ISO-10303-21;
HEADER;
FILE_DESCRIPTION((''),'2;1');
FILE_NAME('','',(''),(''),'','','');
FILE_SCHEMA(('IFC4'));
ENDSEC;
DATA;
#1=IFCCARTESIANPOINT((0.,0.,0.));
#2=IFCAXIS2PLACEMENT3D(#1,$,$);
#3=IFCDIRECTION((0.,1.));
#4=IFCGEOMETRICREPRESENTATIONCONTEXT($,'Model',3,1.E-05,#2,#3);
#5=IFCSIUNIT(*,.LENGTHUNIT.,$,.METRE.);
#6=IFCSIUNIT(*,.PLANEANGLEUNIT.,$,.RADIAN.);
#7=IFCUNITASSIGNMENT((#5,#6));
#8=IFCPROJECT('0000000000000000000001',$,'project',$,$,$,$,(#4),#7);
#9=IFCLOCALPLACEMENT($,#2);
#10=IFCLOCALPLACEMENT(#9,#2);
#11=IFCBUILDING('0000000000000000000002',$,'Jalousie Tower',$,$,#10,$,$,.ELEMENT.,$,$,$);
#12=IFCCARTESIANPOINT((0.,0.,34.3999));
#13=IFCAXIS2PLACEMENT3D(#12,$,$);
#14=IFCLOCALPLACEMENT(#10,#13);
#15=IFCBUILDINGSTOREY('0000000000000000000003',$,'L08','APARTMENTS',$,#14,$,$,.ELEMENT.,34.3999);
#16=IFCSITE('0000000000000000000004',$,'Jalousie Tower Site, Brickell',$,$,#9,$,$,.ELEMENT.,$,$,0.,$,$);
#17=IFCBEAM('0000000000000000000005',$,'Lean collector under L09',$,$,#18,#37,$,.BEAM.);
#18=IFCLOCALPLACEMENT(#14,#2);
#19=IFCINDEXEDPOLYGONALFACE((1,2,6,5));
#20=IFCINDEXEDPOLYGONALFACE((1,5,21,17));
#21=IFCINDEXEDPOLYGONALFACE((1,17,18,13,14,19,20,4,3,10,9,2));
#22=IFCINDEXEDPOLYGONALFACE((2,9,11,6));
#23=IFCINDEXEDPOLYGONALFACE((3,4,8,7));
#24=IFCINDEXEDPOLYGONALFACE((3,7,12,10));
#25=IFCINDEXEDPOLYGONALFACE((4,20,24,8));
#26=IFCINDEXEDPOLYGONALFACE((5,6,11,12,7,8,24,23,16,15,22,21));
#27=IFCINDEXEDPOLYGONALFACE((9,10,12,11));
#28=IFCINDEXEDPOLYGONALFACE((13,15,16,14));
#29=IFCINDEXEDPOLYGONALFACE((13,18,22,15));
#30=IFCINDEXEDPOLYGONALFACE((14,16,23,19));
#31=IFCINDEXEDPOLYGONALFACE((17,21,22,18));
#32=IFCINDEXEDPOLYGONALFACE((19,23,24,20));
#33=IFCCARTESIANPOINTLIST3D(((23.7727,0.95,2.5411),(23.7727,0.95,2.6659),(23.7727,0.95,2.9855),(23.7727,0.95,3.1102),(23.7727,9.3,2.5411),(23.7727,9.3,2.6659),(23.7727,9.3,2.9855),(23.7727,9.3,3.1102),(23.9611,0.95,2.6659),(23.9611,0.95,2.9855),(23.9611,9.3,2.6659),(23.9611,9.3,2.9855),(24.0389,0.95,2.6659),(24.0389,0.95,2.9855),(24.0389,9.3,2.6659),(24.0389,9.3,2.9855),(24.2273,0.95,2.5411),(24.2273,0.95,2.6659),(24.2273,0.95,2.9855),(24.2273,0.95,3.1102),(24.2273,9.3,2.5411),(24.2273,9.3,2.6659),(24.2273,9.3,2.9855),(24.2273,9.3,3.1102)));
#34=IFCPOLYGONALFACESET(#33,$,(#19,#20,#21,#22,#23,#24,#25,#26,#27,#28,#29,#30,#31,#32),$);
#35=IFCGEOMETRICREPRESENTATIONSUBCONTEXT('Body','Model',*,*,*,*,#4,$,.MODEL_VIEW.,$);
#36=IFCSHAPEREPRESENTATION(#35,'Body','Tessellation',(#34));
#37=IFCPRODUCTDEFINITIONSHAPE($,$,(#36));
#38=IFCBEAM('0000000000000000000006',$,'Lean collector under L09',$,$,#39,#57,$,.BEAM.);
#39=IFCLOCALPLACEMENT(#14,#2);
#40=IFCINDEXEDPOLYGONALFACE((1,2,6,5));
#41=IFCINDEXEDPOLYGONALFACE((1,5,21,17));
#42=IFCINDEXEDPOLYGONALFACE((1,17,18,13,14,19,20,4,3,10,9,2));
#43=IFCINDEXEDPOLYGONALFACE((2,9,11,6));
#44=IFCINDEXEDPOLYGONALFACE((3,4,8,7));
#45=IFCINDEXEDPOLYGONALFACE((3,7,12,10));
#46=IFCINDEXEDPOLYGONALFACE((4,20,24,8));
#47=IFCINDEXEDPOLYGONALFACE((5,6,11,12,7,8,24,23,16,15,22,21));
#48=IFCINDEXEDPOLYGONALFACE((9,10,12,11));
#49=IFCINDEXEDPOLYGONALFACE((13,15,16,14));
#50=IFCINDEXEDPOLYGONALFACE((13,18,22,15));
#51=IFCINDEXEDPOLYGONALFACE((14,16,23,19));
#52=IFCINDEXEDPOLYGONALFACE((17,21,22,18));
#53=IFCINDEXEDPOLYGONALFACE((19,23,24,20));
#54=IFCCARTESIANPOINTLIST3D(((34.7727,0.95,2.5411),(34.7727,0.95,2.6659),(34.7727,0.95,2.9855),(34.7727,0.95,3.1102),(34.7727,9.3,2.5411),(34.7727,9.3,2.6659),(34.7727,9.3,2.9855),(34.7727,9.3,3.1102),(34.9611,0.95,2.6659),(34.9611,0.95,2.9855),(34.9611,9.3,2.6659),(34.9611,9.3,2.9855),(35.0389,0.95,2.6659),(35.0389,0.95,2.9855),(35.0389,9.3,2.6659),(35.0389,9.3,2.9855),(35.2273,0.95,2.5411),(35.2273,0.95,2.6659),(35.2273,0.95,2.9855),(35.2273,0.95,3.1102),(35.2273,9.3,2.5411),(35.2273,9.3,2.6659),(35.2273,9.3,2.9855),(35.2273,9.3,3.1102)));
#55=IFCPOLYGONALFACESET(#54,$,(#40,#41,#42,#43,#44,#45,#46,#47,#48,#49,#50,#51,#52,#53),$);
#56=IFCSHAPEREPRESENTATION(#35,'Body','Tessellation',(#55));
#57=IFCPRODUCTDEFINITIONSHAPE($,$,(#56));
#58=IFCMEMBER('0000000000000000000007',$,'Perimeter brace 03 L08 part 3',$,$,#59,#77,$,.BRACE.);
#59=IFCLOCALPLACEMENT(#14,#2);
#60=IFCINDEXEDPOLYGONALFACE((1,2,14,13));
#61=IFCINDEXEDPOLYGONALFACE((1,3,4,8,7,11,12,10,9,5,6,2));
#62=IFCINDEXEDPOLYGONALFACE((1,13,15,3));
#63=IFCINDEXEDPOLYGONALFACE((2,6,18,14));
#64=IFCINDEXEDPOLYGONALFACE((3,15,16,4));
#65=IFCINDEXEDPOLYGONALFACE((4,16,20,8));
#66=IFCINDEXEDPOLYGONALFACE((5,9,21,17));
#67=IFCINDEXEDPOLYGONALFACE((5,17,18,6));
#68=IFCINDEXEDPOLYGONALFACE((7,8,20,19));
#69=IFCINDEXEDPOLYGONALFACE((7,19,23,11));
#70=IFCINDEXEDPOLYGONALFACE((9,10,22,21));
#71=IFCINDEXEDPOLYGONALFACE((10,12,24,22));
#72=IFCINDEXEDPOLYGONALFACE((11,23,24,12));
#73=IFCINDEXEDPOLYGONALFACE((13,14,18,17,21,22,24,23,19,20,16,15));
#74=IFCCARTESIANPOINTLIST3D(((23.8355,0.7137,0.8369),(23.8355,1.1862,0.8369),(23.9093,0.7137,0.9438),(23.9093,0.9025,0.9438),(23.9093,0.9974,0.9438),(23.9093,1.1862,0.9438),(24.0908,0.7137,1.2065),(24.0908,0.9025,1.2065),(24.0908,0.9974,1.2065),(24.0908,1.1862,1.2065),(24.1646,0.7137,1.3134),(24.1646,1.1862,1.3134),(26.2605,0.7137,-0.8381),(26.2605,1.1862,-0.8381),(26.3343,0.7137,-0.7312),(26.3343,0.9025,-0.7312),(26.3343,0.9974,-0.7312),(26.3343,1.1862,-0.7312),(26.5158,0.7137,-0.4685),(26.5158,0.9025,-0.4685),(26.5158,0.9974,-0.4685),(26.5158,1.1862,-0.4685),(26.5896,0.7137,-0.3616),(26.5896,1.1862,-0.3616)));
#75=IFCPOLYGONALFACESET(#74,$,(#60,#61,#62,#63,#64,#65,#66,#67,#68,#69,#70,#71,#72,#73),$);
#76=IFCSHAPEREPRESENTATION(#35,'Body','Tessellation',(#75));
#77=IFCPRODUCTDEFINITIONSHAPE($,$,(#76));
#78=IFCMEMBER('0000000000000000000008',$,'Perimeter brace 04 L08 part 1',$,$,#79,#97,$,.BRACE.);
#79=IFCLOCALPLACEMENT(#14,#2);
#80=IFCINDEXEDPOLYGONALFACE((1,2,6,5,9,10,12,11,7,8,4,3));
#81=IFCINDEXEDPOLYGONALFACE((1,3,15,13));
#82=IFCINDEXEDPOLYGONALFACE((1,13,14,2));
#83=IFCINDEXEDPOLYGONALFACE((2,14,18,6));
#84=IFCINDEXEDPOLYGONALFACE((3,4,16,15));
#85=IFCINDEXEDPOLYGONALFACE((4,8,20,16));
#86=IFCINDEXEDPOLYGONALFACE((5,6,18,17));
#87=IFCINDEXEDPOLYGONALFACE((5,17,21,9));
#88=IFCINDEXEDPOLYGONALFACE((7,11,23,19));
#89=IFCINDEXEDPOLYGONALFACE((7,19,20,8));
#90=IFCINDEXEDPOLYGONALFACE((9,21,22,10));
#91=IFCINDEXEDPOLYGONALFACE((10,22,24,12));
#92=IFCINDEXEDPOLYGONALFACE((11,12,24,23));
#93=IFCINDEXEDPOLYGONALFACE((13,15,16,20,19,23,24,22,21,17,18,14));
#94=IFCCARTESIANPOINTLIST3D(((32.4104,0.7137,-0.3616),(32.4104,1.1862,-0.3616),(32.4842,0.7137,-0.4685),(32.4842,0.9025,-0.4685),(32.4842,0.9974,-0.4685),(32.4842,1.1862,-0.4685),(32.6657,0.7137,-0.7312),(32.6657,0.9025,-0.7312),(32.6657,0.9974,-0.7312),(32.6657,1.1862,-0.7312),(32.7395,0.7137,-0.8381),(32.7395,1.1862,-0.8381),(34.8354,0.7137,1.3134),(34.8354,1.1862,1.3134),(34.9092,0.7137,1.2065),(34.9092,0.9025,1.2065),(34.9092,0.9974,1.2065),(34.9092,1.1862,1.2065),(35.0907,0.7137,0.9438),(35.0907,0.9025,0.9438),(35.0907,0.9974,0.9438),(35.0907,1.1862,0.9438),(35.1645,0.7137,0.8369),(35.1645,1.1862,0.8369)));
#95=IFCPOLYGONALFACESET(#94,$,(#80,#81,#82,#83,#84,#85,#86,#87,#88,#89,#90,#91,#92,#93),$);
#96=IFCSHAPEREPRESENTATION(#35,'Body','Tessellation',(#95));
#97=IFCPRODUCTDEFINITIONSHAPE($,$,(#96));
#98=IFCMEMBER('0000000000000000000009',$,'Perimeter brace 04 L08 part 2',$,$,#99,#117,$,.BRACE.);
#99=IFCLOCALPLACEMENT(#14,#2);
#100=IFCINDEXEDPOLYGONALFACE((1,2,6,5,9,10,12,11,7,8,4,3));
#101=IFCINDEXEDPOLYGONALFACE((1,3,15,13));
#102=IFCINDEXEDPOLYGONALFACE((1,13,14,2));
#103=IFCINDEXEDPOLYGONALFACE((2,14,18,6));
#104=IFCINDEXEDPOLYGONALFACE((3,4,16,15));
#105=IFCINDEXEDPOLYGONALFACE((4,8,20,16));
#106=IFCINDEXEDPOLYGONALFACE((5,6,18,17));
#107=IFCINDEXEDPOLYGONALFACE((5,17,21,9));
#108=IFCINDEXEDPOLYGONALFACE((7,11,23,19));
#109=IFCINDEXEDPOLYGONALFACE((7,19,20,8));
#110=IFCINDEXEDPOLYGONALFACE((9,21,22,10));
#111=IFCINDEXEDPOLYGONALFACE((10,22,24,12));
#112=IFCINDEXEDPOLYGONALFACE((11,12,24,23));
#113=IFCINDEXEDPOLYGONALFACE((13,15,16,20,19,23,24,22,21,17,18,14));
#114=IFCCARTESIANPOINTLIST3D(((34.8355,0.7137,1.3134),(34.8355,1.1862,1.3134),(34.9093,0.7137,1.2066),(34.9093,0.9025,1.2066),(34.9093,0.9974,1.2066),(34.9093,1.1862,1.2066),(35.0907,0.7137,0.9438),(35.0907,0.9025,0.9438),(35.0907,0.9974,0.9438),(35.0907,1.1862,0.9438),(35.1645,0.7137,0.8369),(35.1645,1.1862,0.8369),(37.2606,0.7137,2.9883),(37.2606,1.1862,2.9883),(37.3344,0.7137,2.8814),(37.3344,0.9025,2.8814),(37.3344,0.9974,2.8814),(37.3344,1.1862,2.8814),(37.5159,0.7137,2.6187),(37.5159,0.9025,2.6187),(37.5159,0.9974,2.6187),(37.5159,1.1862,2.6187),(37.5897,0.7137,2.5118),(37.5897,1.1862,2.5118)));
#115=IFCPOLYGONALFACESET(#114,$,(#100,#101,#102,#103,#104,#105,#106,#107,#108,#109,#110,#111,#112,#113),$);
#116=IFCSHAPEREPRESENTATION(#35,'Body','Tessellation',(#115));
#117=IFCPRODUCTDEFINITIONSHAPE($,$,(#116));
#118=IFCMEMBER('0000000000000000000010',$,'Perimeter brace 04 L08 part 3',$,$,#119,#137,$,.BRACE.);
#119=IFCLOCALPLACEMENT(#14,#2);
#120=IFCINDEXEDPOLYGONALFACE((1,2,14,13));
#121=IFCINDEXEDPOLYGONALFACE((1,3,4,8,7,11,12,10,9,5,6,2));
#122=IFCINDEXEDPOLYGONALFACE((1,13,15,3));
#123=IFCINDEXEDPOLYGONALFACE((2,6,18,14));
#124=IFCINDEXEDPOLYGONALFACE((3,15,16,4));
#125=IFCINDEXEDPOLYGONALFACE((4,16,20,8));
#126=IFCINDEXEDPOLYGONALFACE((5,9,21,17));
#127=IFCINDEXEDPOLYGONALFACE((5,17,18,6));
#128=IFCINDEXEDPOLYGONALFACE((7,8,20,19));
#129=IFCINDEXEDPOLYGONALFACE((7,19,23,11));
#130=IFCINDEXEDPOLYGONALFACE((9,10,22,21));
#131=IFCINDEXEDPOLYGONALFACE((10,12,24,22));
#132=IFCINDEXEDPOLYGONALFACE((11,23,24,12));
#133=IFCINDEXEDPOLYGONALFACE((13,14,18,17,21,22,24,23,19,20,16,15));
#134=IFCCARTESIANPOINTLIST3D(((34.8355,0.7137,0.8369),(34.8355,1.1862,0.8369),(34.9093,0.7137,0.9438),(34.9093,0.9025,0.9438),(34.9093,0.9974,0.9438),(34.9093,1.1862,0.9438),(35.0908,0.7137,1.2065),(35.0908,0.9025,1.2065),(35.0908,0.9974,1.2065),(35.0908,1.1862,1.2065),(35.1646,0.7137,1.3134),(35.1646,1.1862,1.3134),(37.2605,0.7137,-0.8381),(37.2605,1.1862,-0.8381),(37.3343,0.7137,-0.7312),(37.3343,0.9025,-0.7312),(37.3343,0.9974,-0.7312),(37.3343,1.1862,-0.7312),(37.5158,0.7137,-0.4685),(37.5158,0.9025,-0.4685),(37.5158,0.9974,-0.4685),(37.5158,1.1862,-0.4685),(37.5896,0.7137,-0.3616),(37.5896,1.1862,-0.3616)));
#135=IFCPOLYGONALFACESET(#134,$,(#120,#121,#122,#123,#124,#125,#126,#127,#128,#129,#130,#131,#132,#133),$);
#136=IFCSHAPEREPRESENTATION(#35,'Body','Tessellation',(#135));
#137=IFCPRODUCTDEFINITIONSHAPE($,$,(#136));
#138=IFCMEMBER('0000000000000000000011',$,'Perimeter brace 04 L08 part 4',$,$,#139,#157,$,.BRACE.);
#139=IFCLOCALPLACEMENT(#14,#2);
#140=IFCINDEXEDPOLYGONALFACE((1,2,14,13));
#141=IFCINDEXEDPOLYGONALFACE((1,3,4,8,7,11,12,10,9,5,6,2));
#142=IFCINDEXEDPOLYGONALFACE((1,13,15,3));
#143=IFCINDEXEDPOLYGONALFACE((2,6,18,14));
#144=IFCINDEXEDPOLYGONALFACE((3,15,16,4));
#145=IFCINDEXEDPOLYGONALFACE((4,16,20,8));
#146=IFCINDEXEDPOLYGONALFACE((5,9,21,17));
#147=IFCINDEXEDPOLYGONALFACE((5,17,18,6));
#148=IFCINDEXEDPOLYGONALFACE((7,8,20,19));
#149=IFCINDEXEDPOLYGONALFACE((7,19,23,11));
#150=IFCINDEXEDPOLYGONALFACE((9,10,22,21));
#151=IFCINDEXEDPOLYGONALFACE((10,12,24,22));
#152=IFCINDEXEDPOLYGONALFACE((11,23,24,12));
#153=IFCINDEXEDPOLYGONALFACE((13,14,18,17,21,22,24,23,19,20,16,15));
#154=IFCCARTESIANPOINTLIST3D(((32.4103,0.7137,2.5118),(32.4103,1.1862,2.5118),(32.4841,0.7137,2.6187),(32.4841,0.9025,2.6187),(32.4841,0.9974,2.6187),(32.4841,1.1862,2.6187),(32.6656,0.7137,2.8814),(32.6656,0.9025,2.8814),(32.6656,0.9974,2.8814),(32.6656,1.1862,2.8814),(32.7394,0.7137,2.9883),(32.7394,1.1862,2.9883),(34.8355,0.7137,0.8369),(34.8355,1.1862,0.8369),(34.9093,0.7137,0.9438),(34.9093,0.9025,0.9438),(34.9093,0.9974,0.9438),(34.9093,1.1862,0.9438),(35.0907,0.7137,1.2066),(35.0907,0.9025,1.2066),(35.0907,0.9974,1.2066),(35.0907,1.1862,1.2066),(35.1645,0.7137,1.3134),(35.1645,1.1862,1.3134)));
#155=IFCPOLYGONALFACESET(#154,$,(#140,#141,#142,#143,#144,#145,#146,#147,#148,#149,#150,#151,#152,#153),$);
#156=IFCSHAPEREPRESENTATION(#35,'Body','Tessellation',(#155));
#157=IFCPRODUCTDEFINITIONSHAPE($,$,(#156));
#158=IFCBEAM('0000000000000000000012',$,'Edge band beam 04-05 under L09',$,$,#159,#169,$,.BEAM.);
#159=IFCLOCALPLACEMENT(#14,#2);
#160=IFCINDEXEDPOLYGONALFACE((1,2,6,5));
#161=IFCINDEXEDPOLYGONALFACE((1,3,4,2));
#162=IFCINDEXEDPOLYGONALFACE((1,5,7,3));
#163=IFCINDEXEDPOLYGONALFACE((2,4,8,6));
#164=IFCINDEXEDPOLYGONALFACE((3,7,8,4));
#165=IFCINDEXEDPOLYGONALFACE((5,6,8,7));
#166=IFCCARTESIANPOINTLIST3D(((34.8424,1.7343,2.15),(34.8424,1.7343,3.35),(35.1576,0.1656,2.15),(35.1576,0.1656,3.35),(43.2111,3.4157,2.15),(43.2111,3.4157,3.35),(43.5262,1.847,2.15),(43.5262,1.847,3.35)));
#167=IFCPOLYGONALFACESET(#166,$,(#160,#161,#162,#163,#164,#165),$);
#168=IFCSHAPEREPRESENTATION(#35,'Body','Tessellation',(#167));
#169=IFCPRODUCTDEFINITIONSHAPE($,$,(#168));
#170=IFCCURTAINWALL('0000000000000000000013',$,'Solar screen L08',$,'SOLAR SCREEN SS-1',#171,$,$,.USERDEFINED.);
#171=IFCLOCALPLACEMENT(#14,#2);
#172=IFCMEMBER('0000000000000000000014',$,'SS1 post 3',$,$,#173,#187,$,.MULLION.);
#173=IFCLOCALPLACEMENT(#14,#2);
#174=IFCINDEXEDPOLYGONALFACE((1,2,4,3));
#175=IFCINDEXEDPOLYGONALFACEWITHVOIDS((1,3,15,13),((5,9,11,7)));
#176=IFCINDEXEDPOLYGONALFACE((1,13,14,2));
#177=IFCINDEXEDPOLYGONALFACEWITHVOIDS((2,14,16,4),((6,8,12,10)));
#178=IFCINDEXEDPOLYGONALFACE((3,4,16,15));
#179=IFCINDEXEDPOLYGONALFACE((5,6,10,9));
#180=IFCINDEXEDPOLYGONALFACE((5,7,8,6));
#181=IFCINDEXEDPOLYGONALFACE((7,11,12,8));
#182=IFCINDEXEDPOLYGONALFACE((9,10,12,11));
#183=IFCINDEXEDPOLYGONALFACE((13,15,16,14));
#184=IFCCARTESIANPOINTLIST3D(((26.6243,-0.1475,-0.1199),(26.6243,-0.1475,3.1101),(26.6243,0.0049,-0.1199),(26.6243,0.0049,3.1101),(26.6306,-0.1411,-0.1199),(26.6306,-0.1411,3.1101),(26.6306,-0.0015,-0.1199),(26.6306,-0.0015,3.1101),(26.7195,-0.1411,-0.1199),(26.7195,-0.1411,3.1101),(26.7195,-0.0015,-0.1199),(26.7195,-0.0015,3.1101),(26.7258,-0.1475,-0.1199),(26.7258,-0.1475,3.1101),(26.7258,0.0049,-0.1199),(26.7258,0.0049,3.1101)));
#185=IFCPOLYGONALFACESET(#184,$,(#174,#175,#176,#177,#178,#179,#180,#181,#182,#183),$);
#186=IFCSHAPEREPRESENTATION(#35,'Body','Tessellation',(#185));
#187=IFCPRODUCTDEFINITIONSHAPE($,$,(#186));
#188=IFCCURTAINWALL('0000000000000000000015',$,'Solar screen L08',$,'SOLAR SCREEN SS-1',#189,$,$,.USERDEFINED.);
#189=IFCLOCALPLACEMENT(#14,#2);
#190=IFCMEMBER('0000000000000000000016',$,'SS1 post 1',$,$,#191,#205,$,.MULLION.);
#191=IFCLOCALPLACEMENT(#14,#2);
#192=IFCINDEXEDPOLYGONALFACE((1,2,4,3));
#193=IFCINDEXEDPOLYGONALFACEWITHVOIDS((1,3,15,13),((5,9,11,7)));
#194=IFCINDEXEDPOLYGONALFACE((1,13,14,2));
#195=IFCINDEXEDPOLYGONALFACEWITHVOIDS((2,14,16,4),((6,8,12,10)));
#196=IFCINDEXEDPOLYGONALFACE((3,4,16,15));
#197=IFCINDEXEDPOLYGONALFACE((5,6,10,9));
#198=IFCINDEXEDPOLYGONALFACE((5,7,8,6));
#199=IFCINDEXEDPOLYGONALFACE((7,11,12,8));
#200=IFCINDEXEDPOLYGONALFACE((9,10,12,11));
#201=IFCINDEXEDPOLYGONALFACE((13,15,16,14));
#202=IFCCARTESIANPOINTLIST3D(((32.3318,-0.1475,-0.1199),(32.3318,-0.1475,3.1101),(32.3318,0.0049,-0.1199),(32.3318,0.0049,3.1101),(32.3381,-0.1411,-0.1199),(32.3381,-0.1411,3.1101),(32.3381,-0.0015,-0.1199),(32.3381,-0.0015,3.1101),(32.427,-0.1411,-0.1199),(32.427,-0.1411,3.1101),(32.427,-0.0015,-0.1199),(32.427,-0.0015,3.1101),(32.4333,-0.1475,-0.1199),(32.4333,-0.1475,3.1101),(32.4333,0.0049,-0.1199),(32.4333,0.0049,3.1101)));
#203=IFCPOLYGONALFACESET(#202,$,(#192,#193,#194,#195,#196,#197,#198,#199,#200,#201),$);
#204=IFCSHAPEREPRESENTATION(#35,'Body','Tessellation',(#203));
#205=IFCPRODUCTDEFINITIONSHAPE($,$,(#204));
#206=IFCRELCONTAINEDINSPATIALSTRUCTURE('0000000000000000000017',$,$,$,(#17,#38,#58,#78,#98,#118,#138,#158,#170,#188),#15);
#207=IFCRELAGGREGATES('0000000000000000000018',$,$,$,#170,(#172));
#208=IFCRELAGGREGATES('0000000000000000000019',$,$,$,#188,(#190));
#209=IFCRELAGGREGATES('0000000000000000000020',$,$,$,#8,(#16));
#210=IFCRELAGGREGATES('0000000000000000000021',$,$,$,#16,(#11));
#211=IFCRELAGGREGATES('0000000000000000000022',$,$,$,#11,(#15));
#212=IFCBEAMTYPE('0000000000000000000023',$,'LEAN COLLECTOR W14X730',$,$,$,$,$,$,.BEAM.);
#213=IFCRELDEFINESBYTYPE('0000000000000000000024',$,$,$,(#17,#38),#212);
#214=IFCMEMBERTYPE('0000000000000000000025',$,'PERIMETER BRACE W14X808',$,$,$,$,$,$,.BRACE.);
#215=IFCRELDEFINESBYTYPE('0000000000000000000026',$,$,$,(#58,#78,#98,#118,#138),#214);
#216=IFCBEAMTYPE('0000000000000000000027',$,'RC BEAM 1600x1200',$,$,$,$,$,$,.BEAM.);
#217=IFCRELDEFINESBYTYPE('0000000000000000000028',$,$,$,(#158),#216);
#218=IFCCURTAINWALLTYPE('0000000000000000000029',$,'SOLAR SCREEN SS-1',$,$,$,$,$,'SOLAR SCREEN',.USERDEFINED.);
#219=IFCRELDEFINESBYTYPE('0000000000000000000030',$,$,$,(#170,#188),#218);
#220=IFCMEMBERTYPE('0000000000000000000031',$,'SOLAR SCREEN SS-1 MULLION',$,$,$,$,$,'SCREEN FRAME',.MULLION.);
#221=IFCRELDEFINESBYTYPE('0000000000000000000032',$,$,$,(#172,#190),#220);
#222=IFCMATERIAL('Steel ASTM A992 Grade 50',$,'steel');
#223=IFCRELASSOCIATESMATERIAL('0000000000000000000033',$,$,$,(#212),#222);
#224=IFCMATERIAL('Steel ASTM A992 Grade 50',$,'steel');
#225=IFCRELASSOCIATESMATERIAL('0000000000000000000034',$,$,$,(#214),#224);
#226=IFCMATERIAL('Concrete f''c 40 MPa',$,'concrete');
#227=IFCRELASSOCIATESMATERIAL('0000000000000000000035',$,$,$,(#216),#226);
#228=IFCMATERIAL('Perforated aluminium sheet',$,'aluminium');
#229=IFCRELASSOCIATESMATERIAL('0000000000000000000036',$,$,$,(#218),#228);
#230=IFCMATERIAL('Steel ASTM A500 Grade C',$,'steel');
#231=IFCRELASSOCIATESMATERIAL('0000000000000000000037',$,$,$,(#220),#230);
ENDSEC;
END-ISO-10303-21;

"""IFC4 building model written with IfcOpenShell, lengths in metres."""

from ifc_helpers import new_model, si_unit, direction, frame, origin, origin_2d, place, context, subcontext, project, spatial, rectangle, hollow_rectangle, i_section, extrude, material, material_profile, profile_set, type_object, element, aggregate, save


model = new_model("IFC4")

# Units and contexts
model_context = context("Model", 3, precision=1e-05, world=origin(), true_north=direction((0.0, 1.0)))
body_context = subcontext(model_context, "Body", "Model", "MODEL_VIEW")
ifc_project = project(units=[si_unit("LENGTHUNIT", "METRE"), si_unit("PLANEANGLEUNIT", "RADIAN")], contexts=[model_context])

# Site, building, storey
site_placement = place(None, origin())
site = spatial("IfcSite", under=ifc_project, at=site_placement, Name="Jalousie Tower Site, Brickell", CompositionType="ELEMENT", RefElevation=0.0)
building_placement = place(site_placement, origin())
building = spatial("IfcBuilding", under=site, at=building_placement, Name="Jalousie Tower", CompositionType="ELEMENT")
storey_placement = place(building_placement, frame((0.0, 0.0, 34.3999)))
storey = spatial("IfcBuildingStorey", under=building, at=storey_placement, Name="L08", Description="APARTMENTS", CompositionType="ELEMENT", Elevation=34.3999)

# Beams
ifc_material_1 = material(Name="Steel ASTM A992 Grade 50", Category="steel")
ifc_material_profile_1 = material_profile(ifc_material_1, i_section(OverallWidth=0.4546, OverallDepth=0.5691, WebThickness=0.0779, FlangeThickness=0.1248, at=origin_2d()), Name="W14X730")
ifc_profile_set_1 = profile_set([ifc_material_profile_1], Name="Steel ASTM A992 Grade 50")
beam_type_1 = type_object("IfcBeamType", Name="LEAN COLLECTOR W14X730", PredefinedType="BEAM", material=ifc_profile_set_1)
for number, where, z_axis, x_axis, name in (
    (1, (24.0, 0.95, 2.8257), (0.0, 1.0, 0.0), (-1.0, 0.0, 0.0), "Lean collector under L09"),
    (2, (35.0, 0.95, 2.8257), (0.0, 1.0, 0.0), (-1.0, 0.0, 0.0), "Lean collector under L09"),
):
    element("IfcBeam", number, at=place(storey_placement, frame(where, z_axis=z_axis, x_axis=x_axis)), inside=storey, type_object=beam_type_1, Name=name, PredefinedType="BEAM", context=body_context, shape_type="SweptSolid", body=[
        extrude(i_section(OverallWidth=0.4546, OverallDepth=0.5691, WebThickness=0.0779, FlangeThickness=0.1248, at=origin_2d()), origin(), (0.0, 0.0, 1.0), 8.3501),
    ])

# Members
ifc_material_2 = material(Name="Steel ASTM A992 Grade 50", Category="steel")
ifc_material_profile_2 = material_profile(ifc_material_2, i_section(OverallWidth=0.4724, OverallDepth=0.5791, WebThickness=0.095, FlangeThickness=0.1299, at=origin_2d()), Name="W14X808")
ifc_profile_set_2 = profile_set([ifc_material_profile_2], Name="Steel ASTM A992 Grade 50")
member_type_1 = type_object("IfcMemberType", Name="PERIMETER BRACE W14X808", PredefinedType="BRACE", material=ifc_profile_set_2)
for number, where, z_axis, x_axis, name in (
    (3, (26.425, 0.95, -0.5999), (-0.8228, 0.0, 0.568331), (0.0, -1.0, 0.0), "Perimeter brace 03 L08 part 3"),
    (4, (32.575, 0.95, -0.5999), (0.8228, 0.0, 0.568331), (0.0, 1.0, 0.0), "Perimeter brace 04 L08 part 1"),
    (5, (35.0, 0.95, 1.0752), (0.822839, 0.0, 0.568275), (0.0, 1.0, 0.0), "Perimeter brace 04 L08 part 2"),
    (6, (37.425, 0.95, -0.5999), (-0.8228, 0.0, 0.568331), (0.0, -1.0, 0.0), "Perimeter brace 04 L08 part 3"),
    (7, (35.0, 0.95, 1.0752), (-0.822839, 0.0, 0.568275), (0.0, -1.0, 0.0), "Perimeter brace 04 L08 part 4"),
):
    element("IfcMember", number, at=place(storey_placement, frame(where, z_axis=z_axis, x_axis=x_axis)), inside=storey, type_object=member_type_1, Name=name, PredefinedType="BRACE", context=body_context, shape_type="SweptSolid", body=[
        extrude(i_section(OverallWidth=0.4724, OverallDepth=0.5791, WebThickness=0.095, FlangeThickness=0.1299, at=origin_2d()), origin(), (0.0, 0.0, 1.0), 2.9473),
    ])

# Beam
ifc_material_3 = material(Name="Concrete f'c 40 MPa", Category="concrete")
ifc_material_profile_3 = material_profile(ifc_material_3, rectangle(XDim=1.6001, YDim=1.2, at=origin_2d()), Name="RC 1600x1200")
ifc_profile_set_3 = profile_set([ifc_material_profile_3], Name="Concrete f'c 40 MPa")
beam_type_2 = type_object("IfcBeamType", Name="RC BEAM 1600x1200", PredefinedType="BEAM", material=ifc_profile_set_3)
beam_placement = place(storey_placement, frame((35.0, 0.95, 2.75), z_axis=(0.980408, 0.19698, 0.0), x_axis=(-0.19698, 0.980408, 0.0)))
element("IfcBeam", 8, at=beam_placement, inside=storey, type_object=beam_type_2, Name="Edge band beam 04-05 under L09", PredefinedType="BEAM", context=body_context, shape_type="SweptSolid", body=[
    extrude(rectangle(XDim=1.6001, YDim=1.2, at=origin_2d()), origin(), (0.0, 0.0, 1.0), 8.5359),
])

# Curtain wall, member
ifc_material_4 = material(Name="Perforated aluminium sheet", Category="aluminium")
curtain_wall_type = type_object("IfcCurtainWallType", Name="SOLAR SCREEN SS-1", ElementType="SOLAR SCREEN", PredefinedType="USERDEFINED", material=ifc_material_4)
curtain_wall_1_placement = place(storey_placement, origin())
curtain_wall_1 = element("IfcCurtainWall", 9, at=curtain_wall_1_placement, inside=storey, type_object=curtain_wall_type, Name="Solar screen L08", ObjectType="SOLAR SCREEN SS-1", PredefinedType="USERDEFINED")
ifc_material_5 = material(Name="Steel ASTM A500 Grade C", Category="steel")
ifc_material_profile_4 = material_profile(ifc_material_5, hollow_rectangle(XDim=0.1016, YDim=0.1523, WallThickness=0.0063, at=origin_2d()), Name="HSS6X4X1/4")
ifc_profile_set_4 = profile_set([ifc_material_profile_4], Name="Steel ASTM A500 Grade C")
member_type_2 = type_object("IfcMemberType", Name="SOLAR SCREEN SS-1 MULLION", ElementType="SCREEN FRAME", PredefinedType="MULLION", material=ifc_profile_set_4)
member_1_placement = place(storey_placement, frame((26.675, -0.0713, -0.1199), z_axis=(0.0, 0.0, 1.0), x_axis=(1.0, 0.0, 0.0)))
member_1 = element("IfcMember", 10, at=member_1_placement, type_object=member_type_2, Name="SS1 post 3", PredefinedType="MULLION", context=body_context, shape_type="SweptSolid", body=[
    extrude(hollow_rectangle(XDim=0.1016, YDim=0.1523, WallThickness=0.0063, at=origin_2d()), origin(), (0.0, 0.0, 1.0), 3.23),
])

# Curtain wall, member
curtain_wall_2_placement = place(storey_placement, origin())
curtain_wall_2 = element("IfcCurtainWall", 11, at=curtain_wall_2_placement, inside=storey, type_object=curtain_wall_type, Name="Solar screen L08", ObjectType="SOLAR SCREEN SS-1", PredefinedType="USERDEFINED")
member_2_placement = place(storey_placement, frame((32.3826, -0.0713, -0.1199), z_axis=(0.0, 0.0, 1.0), x_axis=(1.0, 0.0, 0.0)))
member_2 = element("IfcMember", 12, at=member_2_placement, type_object=member_type_2, Name="SS1 post 1", PredefinedType="MULLION", context=body_context, shape_type="SweptSolid", body=[
    extrude(hollow_rectangle(XDim=0.1016, YDim=0.1523, WallThickness=0.0063, at=origin_2d()), origin(), (0.0, 0.0, 1.0), 3.23),
])

aggregate(curtain_wall_1, [member_1])
aggregate(curtain_wall_2, [member_2])

save(model, "model.ifc")
